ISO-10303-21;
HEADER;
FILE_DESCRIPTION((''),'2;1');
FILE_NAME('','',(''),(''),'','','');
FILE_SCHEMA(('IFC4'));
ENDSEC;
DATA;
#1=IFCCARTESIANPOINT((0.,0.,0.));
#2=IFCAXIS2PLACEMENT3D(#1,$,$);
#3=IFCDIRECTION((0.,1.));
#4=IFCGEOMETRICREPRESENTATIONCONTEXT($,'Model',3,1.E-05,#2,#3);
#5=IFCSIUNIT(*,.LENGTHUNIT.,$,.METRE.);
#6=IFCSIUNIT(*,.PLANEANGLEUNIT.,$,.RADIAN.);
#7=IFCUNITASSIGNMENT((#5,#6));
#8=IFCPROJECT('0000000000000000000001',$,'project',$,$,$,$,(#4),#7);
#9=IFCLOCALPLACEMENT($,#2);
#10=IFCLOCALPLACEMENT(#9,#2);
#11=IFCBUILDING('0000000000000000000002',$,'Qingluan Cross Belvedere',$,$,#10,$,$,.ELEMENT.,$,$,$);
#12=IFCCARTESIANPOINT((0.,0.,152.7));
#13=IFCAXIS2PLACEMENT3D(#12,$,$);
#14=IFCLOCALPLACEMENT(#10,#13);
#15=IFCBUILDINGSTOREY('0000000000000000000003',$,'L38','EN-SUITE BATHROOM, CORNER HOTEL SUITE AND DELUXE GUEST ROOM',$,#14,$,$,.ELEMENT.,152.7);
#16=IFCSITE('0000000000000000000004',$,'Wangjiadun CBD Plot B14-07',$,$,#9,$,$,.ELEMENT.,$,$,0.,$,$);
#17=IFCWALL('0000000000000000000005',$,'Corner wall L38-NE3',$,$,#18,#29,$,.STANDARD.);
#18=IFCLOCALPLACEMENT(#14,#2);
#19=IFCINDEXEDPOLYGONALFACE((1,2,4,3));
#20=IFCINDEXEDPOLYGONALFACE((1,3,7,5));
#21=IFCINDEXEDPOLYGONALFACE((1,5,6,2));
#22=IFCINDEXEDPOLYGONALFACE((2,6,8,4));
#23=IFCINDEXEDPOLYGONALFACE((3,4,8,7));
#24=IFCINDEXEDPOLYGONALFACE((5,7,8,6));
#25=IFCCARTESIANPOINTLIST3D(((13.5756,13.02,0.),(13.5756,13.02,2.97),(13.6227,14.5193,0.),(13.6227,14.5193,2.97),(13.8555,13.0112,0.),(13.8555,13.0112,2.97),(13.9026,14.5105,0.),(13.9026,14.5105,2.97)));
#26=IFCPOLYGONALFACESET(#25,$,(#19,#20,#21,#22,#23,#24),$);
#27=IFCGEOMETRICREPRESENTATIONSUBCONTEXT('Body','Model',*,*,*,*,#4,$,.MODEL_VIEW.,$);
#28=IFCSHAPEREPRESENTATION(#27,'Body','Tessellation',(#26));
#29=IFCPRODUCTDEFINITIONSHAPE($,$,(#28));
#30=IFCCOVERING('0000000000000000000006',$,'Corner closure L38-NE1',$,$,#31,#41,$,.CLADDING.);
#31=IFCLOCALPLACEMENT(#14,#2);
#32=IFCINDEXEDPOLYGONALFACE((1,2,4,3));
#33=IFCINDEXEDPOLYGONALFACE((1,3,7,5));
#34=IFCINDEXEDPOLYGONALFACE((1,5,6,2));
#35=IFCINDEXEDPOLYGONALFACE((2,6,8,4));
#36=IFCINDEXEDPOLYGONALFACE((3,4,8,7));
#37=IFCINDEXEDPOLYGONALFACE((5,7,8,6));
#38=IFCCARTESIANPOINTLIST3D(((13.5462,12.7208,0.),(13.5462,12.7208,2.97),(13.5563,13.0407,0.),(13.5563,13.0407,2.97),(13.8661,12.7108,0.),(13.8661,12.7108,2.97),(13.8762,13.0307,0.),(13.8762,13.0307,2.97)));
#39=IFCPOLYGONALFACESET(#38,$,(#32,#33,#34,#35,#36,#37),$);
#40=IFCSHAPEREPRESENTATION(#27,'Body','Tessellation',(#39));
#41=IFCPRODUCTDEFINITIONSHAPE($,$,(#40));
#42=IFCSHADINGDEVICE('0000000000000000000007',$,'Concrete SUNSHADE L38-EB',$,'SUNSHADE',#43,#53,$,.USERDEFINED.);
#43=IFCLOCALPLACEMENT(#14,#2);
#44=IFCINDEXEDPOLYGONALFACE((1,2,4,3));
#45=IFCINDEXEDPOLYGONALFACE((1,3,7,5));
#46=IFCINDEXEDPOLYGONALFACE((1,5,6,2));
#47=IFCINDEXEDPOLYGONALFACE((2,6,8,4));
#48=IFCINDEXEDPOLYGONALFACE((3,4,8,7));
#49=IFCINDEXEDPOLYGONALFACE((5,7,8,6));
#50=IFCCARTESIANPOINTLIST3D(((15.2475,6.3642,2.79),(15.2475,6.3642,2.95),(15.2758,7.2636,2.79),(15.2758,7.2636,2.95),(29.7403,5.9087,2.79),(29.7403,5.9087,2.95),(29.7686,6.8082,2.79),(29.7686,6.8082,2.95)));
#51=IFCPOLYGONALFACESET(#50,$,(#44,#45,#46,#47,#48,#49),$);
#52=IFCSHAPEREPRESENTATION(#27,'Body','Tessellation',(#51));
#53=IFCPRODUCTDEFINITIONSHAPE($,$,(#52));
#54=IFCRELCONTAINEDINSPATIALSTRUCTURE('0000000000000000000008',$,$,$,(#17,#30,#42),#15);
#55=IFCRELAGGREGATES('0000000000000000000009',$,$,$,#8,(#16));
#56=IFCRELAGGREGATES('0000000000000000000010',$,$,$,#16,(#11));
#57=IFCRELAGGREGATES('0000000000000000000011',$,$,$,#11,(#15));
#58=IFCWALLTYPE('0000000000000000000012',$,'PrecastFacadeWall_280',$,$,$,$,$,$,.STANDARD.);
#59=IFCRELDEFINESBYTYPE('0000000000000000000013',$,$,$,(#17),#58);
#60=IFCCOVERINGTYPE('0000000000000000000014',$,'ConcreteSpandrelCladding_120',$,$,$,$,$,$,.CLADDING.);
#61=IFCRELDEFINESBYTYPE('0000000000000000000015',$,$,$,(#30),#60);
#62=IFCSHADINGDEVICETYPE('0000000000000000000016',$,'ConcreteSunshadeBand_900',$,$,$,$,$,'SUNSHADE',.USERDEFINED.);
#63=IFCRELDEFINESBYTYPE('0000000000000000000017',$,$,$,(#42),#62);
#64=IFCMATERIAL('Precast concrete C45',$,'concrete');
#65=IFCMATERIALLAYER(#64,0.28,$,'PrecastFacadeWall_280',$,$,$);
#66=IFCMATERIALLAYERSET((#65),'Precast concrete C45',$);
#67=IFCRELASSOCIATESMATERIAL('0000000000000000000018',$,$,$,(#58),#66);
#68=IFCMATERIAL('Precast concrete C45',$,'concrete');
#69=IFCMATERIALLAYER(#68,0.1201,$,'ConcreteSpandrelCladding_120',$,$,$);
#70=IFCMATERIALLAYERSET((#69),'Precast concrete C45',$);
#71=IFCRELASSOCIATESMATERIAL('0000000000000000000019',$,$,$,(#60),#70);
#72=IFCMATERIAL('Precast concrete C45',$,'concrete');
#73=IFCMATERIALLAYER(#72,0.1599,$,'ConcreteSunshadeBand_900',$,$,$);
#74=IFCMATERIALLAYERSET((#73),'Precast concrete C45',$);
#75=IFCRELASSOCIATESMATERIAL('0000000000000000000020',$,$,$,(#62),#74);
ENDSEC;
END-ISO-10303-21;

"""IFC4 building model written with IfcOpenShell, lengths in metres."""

from ifc_helpers import new_model, si_unit, direction, frame, frame_2d, origin, origin_2d, place, context, subcontext, project, spatial, rectangle, extrude, material, layer, layer_set, type_object, element, save


model = new_model("IFC4")

# Units and contexts
model_context = context("Model", 3, precision=1e-05, world=origin(), true_north=direction((0.0, 1.0)))
body_context = subcontext(model_context, "Body", "Model", "MODEL_VIEW")
ifc_project = project(units=[si_unit("LENGTHUNIT", "METRE"), si_unit("PLANEANGLEUNIT", "RADIAN")], contexts=[model_context])

# Site, building, storey
site_placement = place(None, origin())
site = spatial("IfcSite", under=ifc_project, at=site_placement, Name="Wangjiadun CBD Plot B14-07", CompositionType="ELEMENT", RefElevation=0.0)
building_placement = place(site_placement, origin())
building = spatial("IfcBuilding", under=site, at=building_placement, Name="Qingluan Cross Belvedere", CompositionType="ELEMENT")
storey_placement = place(building_placement, frame((0.0, 0.0, 152.7)))
storey = spatial("IfcBuildingStorey", under=building, at=storey_placement, Name="L38", Description="EN-SUITE BATHROOM, CORNER HOTEL SUITE AND DELUXE GUEST ROOM", CompositionType="ELEMENT", Elevation=152.7)

# Shared definitions
ifc_material_1 = material(Name="Precast concrete C45", Category="concrete")
ifc_layer_1 = layer(ifc_material_1, 0.28, Name="PrecastFacadeWall_280")
ifc_layer_set_1 = layer_set([ifc_layer_1], Name="Precast concrete C45")
wall_type_1 = type_object("IfcWallType", Name="PrecastFacadeWall_280", PredefinedType="STANDARD", material=ifc_layer_set_1)

# Wall
wall_1_placement = place(storey_placement, frame((13.7156, 13.0156, 0.0), z_axis=(0.0, 0.0, 1.0), x_axis=(0.031413, 0.999507, 0.0)))
element("IfcWall", 1, at=wall_1_placement, inside=storey, type_object=wall_type_1, Name="Corner wall L38-NE3", PredefinedType="STANDARD", context=body_context, shape_type="SweptSolid", body=[
    extrude(rectangle(XDim=1.5, YDim=0.28, at=frame_2d((0.75, 0.0))), origin(), (0.0, 0.0, 1.0), 2.97),
])

# Covering
ifc_material_2 = material(Name="Precast concrete C45", Category="concrete")
ifc_layer_2 = layer(ifc_material_2, 0.1201, Name="ConcreteSpandrelCladding_120")
ifc_layer_set_2 = layer_set([ifc_layer_2], Name="Precast concrete C45")
covering_type = type_object("IfcCoveringType", Name="ConcreteSpandrelCladding_120", PredefinedType="CLADDING", material=ifc_layer_set_2)
covering_placement = place(storey_placement, frame((13.7112, 12.8757, 0.0), z_axis=(0.0, 0.0, 1.0), x_axis=(0.999507, -0.031411, 0.0)))
element("IfcCovering", 2, at=covering_placement, inside=storey, type_object=covering_type, Name="Corner closure L38-NE1", PredefinedType="CLADDING", context=body_context, shape_type="SweptSolid", body=[
    extrude(rectangle(XDim=0.3201, YDim=0.3201, at=origin_2d()), origin(), (0.0, 0.0, 1.0), 2.97),
])

# Shading device
ifc_material_3 = material(Name="Precast concrete C45", Category="concrete")
ifc_layer_3 = layer(ifc_material_3, 0.1599, Name="ConcreteSunshadeBand_900")
ifc_layer_set_3 = layer_set([ifc_layer_3], Name="Precast concrete C45")
shading_device_type = type_object("IfcShadingDeviceType", Name="ConcreteSunshadeBand_900", ElementType="SUNSHADE", PredefinedType="USERDEFINED", material=ifc_layer_set_3)
shading_device_placement = place(storey_placement, frame((22.5081, 6.5862, 2.79), z_axis=(0.0, 0.0, 1.0), x_axis=(-0.999507, 0.031408, 0.0)))
element("IfcShadingDevice", 3, at=shading_device_placement, inside=storey, type_object=shading_device_type, Name="Concrete SUNSHADE L38-EB", ObjectType="SUNSHADE", PredefinedType="USERDEFINED", context=body_context, shape_type="SweptSolid", body=[
    extrude(rectangle(XDim=14.5, YDim=0.8999, at=origin_2d()), origin(), (0.0, 0.0, 1.0), 0.1599),
])

save(model, "model.ifc")
